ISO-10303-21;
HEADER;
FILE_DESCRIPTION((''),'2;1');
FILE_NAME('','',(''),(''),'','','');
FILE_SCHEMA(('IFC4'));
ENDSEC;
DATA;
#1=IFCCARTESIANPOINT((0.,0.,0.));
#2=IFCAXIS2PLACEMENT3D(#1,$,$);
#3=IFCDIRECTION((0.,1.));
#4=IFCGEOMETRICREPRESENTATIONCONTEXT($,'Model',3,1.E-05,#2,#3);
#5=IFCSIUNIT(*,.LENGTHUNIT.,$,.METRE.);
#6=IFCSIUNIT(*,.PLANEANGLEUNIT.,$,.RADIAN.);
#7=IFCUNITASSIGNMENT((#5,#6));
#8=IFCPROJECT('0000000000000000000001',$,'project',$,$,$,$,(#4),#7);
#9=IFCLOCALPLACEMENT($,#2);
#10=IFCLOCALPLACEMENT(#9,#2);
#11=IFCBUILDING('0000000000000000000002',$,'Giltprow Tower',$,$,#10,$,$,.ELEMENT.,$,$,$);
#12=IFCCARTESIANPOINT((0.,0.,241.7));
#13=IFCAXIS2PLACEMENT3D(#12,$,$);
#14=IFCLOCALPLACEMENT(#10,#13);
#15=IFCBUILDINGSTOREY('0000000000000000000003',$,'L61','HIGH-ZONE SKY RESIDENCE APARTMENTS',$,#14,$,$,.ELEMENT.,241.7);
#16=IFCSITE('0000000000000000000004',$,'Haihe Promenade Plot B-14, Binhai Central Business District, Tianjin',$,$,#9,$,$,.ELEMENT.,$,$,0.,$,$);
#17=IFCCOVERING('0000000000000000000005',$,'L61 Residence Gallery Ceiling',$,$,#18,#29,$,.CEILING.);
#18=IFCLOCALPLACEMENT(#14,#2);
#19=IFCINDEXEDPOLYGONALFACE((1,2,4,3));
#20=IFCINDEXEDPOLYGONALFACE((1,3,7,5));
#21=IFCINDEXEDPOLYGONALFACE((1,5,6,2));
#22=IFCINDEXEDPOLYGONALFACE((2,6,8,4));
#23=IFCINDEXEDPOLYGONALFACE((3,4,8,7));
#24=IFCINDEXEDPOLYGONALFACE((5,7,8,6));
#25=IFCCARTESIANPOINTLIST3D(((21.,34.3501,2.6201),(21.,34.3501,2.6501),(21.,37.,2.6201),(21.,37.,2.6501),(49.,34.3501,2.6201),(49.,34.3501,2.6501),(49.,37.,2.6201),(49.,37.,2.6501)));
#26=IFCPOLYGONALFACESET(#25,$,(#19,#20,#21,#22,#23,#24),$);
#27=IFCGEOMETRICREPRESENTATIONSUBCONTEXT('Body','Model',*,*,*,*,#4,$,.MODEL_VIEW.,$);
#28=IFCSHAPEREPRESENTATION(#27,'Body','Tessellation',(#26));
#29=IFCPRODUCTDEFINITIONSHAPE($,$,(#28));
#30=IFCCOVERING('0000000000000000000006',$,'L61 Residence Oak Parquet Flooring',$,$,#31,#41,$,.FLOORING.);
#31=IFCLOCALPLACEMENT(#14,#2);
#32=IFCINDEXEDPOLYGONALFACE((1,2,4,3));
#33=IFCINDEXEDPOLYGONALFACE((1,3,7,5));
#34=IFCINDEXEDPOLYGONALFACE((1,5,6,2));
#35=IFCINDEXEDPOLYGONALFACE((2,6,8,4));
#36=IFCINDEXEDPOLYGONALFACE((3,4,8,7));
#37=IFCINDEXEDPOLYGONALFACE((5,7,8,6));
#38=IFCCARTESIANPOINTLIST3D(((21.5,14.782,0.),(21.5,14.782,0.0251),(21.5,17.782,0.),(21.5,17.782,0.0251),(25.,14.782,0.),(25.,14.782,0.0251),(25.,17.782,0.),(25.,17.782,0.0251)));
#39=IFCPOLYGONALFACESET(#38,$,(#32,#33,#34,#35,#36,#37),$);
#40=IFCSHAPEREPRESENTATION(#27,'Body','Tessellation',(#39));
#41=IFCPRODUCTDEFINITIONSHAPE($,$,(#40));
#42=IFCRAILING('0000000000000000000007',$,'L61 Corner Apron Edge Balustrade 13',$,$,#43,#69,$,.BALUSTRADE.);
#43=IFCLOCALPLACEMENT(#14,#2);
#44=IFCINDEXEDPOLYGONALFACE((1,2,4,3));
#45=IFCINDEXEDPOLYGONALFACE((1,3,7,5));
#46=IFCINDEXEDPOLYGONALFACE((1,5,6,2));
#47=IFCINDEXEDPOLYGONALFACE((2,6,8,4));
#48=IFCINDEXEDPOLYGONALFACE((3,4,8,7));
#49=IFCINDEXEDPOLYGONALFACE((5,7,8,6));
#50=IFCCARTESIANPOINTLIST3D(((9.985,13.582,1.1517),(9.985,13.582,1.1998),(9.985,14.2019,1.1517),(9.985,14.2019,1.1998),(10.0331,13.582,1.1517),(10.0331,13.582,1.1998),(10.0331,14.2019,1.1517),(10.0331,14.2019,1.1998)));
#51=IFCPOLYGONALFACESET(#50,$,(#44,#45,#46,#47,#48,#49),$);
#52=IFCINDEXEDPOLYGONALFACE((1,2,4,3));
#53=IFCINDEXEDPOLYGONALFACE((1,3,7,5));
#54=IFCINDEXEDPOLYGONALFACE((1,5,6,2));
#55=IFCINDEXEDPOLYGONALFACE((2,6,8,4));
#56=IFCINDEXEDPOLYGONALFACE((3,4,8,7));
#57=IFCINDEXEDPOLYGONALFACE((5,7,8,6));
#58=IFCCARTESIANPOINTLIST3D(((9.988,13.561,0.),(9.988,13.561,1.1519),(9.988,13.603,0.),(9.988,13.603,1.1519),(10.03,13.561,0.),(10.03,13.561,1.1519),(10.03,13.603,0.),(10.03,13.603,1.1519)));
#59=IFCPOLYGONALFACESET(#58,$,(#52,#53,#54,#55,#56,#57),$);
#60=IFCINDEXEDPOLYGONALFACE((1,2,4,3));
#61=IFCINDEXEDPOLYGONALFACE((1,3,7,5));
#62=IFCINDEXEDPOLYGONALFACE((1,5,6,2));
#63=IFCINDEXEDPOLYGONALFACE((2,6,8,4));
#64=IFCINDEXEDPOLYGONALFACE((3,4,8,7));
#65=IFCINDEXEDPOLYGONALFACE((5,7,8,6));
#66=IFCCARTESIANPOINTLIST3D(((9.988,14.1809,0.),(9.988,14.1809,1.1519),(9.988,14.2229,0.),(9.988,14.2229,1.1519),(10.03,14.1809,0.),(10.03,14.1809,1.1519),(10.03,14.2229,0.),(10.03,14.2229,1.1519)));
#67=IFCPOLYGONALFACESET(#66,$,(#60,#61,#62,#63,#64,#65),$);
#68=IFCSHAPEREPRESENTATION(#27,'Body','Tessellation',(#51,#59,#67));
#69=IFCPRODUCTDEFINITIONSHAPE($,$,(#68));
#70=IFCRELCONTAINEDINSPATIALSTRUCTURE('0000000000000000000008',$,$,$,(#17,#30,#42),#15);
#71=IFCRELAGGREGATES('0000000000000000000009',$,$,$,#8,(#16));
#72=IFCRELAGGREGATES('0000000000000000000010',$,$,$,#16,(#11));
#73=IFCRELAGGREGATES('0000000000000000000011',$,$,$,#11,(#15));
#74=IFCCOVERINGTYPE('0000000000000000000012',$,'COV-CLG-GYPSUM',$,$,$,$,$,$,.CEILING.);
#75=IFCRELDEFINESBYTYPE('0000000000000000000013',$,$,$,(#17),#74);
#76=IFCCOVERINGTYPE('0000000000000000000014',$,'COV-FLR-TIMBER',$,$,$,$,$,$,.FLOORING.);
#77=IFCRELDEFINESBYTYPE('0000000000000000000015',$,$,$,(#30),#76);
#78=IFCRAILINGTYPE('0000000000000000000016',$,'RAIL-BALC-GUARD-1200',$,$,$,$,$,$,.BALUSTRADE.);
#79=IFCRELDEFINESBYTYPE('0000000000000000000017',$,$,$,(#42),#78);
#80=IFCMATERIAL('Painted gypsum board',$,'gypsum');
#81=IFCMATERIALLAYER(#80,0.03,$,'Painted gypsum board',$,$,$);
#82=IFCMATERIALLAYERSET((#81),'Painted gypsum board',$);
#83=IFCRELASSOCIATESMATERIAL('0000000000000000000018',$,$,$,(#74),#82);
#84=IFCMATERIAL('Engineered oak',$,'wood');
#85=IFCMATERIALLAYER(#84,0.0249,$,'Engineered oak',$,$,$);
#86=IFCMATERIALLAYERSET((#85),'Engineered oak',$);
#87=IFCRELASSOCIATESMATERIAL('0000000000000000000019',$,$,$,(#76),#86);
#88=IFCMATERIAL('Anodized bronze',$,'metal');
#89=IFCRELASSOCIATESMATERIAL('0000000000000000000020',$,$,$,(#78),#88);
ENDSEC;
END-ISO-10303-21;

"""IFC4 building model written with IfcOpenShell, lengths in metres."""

from ifc_helpers import new_model, si_unit, direction, frame, origin, origin_2d, place, context, subcontext, project, spatial, polyline, rectangle, outline, extrude, material, layer, layer_set, type_object, element, save


model = new_model("IFC4")

# Units and contexts
model_context = context("Model", 3, precision=1e-05, world=origin(), true_north=direction((0.0, 1.0)))
body_context = subcontext(model_context, "Body", "Model", "MODEL_VIEW")
ifc_project = project(units=[si_unit("LENGTHUNIT", "METRE"), si_unit("PLANEANGLEUNIT", "RADIAN")], contexts=[model_context])

# Site, building, storey
site_placement = place(None, origin())
site = spatial("IfcSite", under=ifc_project, at=site_placement, Name="Haihe Promenade Plot B-14, Binhai Central Business District, Tianjin", CompositionType="ELEMENT", RefElevation=0.0)
building_placement = place(site_placement, origin())
building = spatial("IfcBuilding", under=site, at=building_placement, Name="Giltprow Tower", CompositionType="ELEMENT")
storey_placement = place(building_placement, frame((0.0, 0.0, 241.7)))
storey = spatial("IfcBuildingStorey", under=building, at=storey_placement, Name="L61", Description="HIGH-ZONE SKY RESIDENCE APARTMENTS", CompositionType="ELEMENT", Elevation=241.7)

# Shared definitions
ifc_material_1 = material(Name="Anodized bronze", Category="metal")

# Coverings
ifc_material_2 = material(Name="Painted gypsum board", Category="gypsum")
ifc_layer_1 = layer(ifc_material_2, 0.03, Name="Painted gypsum board")
ifc_layer_set_1 = layer_set([ifc_layer_1], Name="Painted gypsum board")
covering_type_1 = type_object("IfcCoveringType", Name="COV-CLG-GYPSUM", PredefinedType="CEILING", material=ifc_layer_set_1)
covering_1_placement = place(storey_placement, frame((0.0, 0.0, 2.6201)))
element("IfcCovering", 1, at=covering_1_placement, inside=storey, type_object=covering_type_1, Name="L61 Residence Gallery Ceiling", PredefinedType="CEILING", context=body_context, shape_type="SweptSolid", body=[
    extrude(outline(polyline([(21.0, 34.3501), (49.0, 34.3501), (49.0, 37.0), (21.0, 37.0), (21.0, 34.3501)])), origin(), (0.0, 0.0, 1.0), 0.03),
])
ifc_material_3 = material(Name="Engineered oak", Category="wood")
ifc_layer_2 = layer(ifc_material_3, 0.0249, Name="Engineered oak")
ifc_layer_set_2 = layer_set([ifc_layer_2], Name="Engineered oak")
covering_type_2 = type_object("IfcCoveringType", Name="COV-FLR-TIMBER", PredefinedType="FLOORING", material=ifc_layer_set_2)
covering_2_placement = place(storey_placement, origin())
element("IfcCovering", 2, at=covering_2_placement, inside=storey, type_object=covering_type_2, Name="L61 Residence Oak Parquet Flooring", PredefinedType="FLOORING", context=body_context, shape_type="SweptSolid", body=[
    extrude(outline(polyline([(21.5, 14.782), (25.0, 14.782), (25.0, 17.782), (21.5, 17.782), (21.5, 14.782)])), origin(), (0.0, 0.0, 1.0), 0.0251),
])

# Railing
railing_type = type_object("IfcRailingType", Name="RAIL-BALC-GUARD-1200", PredefinedType="BALUSTRADE", material=ifc_material_1)
railing_placement = place(storey_placement, frame((10.009, 13.582, 0.0)))
element("IfcRailing", 3, at=railing_placement, inside=storey, type_object=railing_type, Name="L61 Corner Apron Edge Balustrade 13", PredefinedType="BALUSTRADE", context=body_context, shape_type="SweptSolid", body=[
    extrude(rectangle(XDim=0.0481, YDim=0.0481, at=origin_2d()), frame((0.0, 0.0, 1.1758), z_axis=(0.0, 1.0, 0.0), x_axis=(-1.0, 0.0, 0.0)), (0.0, 0.0, 1.0), 0.6199),
    extrude(rectangle(XDim=0.042, YDim=0.042, at=origin_2d()), origin(), (0.0, 0.0, 1.0), 1.1519),
    extrude(rectangle(XDim=0.042, YDim=0.042, at=origin_2d()), frame((0.0, 0.6199, 0.0)), (0.0, 0.0, 1.0), 1.1519),
])

save(model, "model.ifc")
